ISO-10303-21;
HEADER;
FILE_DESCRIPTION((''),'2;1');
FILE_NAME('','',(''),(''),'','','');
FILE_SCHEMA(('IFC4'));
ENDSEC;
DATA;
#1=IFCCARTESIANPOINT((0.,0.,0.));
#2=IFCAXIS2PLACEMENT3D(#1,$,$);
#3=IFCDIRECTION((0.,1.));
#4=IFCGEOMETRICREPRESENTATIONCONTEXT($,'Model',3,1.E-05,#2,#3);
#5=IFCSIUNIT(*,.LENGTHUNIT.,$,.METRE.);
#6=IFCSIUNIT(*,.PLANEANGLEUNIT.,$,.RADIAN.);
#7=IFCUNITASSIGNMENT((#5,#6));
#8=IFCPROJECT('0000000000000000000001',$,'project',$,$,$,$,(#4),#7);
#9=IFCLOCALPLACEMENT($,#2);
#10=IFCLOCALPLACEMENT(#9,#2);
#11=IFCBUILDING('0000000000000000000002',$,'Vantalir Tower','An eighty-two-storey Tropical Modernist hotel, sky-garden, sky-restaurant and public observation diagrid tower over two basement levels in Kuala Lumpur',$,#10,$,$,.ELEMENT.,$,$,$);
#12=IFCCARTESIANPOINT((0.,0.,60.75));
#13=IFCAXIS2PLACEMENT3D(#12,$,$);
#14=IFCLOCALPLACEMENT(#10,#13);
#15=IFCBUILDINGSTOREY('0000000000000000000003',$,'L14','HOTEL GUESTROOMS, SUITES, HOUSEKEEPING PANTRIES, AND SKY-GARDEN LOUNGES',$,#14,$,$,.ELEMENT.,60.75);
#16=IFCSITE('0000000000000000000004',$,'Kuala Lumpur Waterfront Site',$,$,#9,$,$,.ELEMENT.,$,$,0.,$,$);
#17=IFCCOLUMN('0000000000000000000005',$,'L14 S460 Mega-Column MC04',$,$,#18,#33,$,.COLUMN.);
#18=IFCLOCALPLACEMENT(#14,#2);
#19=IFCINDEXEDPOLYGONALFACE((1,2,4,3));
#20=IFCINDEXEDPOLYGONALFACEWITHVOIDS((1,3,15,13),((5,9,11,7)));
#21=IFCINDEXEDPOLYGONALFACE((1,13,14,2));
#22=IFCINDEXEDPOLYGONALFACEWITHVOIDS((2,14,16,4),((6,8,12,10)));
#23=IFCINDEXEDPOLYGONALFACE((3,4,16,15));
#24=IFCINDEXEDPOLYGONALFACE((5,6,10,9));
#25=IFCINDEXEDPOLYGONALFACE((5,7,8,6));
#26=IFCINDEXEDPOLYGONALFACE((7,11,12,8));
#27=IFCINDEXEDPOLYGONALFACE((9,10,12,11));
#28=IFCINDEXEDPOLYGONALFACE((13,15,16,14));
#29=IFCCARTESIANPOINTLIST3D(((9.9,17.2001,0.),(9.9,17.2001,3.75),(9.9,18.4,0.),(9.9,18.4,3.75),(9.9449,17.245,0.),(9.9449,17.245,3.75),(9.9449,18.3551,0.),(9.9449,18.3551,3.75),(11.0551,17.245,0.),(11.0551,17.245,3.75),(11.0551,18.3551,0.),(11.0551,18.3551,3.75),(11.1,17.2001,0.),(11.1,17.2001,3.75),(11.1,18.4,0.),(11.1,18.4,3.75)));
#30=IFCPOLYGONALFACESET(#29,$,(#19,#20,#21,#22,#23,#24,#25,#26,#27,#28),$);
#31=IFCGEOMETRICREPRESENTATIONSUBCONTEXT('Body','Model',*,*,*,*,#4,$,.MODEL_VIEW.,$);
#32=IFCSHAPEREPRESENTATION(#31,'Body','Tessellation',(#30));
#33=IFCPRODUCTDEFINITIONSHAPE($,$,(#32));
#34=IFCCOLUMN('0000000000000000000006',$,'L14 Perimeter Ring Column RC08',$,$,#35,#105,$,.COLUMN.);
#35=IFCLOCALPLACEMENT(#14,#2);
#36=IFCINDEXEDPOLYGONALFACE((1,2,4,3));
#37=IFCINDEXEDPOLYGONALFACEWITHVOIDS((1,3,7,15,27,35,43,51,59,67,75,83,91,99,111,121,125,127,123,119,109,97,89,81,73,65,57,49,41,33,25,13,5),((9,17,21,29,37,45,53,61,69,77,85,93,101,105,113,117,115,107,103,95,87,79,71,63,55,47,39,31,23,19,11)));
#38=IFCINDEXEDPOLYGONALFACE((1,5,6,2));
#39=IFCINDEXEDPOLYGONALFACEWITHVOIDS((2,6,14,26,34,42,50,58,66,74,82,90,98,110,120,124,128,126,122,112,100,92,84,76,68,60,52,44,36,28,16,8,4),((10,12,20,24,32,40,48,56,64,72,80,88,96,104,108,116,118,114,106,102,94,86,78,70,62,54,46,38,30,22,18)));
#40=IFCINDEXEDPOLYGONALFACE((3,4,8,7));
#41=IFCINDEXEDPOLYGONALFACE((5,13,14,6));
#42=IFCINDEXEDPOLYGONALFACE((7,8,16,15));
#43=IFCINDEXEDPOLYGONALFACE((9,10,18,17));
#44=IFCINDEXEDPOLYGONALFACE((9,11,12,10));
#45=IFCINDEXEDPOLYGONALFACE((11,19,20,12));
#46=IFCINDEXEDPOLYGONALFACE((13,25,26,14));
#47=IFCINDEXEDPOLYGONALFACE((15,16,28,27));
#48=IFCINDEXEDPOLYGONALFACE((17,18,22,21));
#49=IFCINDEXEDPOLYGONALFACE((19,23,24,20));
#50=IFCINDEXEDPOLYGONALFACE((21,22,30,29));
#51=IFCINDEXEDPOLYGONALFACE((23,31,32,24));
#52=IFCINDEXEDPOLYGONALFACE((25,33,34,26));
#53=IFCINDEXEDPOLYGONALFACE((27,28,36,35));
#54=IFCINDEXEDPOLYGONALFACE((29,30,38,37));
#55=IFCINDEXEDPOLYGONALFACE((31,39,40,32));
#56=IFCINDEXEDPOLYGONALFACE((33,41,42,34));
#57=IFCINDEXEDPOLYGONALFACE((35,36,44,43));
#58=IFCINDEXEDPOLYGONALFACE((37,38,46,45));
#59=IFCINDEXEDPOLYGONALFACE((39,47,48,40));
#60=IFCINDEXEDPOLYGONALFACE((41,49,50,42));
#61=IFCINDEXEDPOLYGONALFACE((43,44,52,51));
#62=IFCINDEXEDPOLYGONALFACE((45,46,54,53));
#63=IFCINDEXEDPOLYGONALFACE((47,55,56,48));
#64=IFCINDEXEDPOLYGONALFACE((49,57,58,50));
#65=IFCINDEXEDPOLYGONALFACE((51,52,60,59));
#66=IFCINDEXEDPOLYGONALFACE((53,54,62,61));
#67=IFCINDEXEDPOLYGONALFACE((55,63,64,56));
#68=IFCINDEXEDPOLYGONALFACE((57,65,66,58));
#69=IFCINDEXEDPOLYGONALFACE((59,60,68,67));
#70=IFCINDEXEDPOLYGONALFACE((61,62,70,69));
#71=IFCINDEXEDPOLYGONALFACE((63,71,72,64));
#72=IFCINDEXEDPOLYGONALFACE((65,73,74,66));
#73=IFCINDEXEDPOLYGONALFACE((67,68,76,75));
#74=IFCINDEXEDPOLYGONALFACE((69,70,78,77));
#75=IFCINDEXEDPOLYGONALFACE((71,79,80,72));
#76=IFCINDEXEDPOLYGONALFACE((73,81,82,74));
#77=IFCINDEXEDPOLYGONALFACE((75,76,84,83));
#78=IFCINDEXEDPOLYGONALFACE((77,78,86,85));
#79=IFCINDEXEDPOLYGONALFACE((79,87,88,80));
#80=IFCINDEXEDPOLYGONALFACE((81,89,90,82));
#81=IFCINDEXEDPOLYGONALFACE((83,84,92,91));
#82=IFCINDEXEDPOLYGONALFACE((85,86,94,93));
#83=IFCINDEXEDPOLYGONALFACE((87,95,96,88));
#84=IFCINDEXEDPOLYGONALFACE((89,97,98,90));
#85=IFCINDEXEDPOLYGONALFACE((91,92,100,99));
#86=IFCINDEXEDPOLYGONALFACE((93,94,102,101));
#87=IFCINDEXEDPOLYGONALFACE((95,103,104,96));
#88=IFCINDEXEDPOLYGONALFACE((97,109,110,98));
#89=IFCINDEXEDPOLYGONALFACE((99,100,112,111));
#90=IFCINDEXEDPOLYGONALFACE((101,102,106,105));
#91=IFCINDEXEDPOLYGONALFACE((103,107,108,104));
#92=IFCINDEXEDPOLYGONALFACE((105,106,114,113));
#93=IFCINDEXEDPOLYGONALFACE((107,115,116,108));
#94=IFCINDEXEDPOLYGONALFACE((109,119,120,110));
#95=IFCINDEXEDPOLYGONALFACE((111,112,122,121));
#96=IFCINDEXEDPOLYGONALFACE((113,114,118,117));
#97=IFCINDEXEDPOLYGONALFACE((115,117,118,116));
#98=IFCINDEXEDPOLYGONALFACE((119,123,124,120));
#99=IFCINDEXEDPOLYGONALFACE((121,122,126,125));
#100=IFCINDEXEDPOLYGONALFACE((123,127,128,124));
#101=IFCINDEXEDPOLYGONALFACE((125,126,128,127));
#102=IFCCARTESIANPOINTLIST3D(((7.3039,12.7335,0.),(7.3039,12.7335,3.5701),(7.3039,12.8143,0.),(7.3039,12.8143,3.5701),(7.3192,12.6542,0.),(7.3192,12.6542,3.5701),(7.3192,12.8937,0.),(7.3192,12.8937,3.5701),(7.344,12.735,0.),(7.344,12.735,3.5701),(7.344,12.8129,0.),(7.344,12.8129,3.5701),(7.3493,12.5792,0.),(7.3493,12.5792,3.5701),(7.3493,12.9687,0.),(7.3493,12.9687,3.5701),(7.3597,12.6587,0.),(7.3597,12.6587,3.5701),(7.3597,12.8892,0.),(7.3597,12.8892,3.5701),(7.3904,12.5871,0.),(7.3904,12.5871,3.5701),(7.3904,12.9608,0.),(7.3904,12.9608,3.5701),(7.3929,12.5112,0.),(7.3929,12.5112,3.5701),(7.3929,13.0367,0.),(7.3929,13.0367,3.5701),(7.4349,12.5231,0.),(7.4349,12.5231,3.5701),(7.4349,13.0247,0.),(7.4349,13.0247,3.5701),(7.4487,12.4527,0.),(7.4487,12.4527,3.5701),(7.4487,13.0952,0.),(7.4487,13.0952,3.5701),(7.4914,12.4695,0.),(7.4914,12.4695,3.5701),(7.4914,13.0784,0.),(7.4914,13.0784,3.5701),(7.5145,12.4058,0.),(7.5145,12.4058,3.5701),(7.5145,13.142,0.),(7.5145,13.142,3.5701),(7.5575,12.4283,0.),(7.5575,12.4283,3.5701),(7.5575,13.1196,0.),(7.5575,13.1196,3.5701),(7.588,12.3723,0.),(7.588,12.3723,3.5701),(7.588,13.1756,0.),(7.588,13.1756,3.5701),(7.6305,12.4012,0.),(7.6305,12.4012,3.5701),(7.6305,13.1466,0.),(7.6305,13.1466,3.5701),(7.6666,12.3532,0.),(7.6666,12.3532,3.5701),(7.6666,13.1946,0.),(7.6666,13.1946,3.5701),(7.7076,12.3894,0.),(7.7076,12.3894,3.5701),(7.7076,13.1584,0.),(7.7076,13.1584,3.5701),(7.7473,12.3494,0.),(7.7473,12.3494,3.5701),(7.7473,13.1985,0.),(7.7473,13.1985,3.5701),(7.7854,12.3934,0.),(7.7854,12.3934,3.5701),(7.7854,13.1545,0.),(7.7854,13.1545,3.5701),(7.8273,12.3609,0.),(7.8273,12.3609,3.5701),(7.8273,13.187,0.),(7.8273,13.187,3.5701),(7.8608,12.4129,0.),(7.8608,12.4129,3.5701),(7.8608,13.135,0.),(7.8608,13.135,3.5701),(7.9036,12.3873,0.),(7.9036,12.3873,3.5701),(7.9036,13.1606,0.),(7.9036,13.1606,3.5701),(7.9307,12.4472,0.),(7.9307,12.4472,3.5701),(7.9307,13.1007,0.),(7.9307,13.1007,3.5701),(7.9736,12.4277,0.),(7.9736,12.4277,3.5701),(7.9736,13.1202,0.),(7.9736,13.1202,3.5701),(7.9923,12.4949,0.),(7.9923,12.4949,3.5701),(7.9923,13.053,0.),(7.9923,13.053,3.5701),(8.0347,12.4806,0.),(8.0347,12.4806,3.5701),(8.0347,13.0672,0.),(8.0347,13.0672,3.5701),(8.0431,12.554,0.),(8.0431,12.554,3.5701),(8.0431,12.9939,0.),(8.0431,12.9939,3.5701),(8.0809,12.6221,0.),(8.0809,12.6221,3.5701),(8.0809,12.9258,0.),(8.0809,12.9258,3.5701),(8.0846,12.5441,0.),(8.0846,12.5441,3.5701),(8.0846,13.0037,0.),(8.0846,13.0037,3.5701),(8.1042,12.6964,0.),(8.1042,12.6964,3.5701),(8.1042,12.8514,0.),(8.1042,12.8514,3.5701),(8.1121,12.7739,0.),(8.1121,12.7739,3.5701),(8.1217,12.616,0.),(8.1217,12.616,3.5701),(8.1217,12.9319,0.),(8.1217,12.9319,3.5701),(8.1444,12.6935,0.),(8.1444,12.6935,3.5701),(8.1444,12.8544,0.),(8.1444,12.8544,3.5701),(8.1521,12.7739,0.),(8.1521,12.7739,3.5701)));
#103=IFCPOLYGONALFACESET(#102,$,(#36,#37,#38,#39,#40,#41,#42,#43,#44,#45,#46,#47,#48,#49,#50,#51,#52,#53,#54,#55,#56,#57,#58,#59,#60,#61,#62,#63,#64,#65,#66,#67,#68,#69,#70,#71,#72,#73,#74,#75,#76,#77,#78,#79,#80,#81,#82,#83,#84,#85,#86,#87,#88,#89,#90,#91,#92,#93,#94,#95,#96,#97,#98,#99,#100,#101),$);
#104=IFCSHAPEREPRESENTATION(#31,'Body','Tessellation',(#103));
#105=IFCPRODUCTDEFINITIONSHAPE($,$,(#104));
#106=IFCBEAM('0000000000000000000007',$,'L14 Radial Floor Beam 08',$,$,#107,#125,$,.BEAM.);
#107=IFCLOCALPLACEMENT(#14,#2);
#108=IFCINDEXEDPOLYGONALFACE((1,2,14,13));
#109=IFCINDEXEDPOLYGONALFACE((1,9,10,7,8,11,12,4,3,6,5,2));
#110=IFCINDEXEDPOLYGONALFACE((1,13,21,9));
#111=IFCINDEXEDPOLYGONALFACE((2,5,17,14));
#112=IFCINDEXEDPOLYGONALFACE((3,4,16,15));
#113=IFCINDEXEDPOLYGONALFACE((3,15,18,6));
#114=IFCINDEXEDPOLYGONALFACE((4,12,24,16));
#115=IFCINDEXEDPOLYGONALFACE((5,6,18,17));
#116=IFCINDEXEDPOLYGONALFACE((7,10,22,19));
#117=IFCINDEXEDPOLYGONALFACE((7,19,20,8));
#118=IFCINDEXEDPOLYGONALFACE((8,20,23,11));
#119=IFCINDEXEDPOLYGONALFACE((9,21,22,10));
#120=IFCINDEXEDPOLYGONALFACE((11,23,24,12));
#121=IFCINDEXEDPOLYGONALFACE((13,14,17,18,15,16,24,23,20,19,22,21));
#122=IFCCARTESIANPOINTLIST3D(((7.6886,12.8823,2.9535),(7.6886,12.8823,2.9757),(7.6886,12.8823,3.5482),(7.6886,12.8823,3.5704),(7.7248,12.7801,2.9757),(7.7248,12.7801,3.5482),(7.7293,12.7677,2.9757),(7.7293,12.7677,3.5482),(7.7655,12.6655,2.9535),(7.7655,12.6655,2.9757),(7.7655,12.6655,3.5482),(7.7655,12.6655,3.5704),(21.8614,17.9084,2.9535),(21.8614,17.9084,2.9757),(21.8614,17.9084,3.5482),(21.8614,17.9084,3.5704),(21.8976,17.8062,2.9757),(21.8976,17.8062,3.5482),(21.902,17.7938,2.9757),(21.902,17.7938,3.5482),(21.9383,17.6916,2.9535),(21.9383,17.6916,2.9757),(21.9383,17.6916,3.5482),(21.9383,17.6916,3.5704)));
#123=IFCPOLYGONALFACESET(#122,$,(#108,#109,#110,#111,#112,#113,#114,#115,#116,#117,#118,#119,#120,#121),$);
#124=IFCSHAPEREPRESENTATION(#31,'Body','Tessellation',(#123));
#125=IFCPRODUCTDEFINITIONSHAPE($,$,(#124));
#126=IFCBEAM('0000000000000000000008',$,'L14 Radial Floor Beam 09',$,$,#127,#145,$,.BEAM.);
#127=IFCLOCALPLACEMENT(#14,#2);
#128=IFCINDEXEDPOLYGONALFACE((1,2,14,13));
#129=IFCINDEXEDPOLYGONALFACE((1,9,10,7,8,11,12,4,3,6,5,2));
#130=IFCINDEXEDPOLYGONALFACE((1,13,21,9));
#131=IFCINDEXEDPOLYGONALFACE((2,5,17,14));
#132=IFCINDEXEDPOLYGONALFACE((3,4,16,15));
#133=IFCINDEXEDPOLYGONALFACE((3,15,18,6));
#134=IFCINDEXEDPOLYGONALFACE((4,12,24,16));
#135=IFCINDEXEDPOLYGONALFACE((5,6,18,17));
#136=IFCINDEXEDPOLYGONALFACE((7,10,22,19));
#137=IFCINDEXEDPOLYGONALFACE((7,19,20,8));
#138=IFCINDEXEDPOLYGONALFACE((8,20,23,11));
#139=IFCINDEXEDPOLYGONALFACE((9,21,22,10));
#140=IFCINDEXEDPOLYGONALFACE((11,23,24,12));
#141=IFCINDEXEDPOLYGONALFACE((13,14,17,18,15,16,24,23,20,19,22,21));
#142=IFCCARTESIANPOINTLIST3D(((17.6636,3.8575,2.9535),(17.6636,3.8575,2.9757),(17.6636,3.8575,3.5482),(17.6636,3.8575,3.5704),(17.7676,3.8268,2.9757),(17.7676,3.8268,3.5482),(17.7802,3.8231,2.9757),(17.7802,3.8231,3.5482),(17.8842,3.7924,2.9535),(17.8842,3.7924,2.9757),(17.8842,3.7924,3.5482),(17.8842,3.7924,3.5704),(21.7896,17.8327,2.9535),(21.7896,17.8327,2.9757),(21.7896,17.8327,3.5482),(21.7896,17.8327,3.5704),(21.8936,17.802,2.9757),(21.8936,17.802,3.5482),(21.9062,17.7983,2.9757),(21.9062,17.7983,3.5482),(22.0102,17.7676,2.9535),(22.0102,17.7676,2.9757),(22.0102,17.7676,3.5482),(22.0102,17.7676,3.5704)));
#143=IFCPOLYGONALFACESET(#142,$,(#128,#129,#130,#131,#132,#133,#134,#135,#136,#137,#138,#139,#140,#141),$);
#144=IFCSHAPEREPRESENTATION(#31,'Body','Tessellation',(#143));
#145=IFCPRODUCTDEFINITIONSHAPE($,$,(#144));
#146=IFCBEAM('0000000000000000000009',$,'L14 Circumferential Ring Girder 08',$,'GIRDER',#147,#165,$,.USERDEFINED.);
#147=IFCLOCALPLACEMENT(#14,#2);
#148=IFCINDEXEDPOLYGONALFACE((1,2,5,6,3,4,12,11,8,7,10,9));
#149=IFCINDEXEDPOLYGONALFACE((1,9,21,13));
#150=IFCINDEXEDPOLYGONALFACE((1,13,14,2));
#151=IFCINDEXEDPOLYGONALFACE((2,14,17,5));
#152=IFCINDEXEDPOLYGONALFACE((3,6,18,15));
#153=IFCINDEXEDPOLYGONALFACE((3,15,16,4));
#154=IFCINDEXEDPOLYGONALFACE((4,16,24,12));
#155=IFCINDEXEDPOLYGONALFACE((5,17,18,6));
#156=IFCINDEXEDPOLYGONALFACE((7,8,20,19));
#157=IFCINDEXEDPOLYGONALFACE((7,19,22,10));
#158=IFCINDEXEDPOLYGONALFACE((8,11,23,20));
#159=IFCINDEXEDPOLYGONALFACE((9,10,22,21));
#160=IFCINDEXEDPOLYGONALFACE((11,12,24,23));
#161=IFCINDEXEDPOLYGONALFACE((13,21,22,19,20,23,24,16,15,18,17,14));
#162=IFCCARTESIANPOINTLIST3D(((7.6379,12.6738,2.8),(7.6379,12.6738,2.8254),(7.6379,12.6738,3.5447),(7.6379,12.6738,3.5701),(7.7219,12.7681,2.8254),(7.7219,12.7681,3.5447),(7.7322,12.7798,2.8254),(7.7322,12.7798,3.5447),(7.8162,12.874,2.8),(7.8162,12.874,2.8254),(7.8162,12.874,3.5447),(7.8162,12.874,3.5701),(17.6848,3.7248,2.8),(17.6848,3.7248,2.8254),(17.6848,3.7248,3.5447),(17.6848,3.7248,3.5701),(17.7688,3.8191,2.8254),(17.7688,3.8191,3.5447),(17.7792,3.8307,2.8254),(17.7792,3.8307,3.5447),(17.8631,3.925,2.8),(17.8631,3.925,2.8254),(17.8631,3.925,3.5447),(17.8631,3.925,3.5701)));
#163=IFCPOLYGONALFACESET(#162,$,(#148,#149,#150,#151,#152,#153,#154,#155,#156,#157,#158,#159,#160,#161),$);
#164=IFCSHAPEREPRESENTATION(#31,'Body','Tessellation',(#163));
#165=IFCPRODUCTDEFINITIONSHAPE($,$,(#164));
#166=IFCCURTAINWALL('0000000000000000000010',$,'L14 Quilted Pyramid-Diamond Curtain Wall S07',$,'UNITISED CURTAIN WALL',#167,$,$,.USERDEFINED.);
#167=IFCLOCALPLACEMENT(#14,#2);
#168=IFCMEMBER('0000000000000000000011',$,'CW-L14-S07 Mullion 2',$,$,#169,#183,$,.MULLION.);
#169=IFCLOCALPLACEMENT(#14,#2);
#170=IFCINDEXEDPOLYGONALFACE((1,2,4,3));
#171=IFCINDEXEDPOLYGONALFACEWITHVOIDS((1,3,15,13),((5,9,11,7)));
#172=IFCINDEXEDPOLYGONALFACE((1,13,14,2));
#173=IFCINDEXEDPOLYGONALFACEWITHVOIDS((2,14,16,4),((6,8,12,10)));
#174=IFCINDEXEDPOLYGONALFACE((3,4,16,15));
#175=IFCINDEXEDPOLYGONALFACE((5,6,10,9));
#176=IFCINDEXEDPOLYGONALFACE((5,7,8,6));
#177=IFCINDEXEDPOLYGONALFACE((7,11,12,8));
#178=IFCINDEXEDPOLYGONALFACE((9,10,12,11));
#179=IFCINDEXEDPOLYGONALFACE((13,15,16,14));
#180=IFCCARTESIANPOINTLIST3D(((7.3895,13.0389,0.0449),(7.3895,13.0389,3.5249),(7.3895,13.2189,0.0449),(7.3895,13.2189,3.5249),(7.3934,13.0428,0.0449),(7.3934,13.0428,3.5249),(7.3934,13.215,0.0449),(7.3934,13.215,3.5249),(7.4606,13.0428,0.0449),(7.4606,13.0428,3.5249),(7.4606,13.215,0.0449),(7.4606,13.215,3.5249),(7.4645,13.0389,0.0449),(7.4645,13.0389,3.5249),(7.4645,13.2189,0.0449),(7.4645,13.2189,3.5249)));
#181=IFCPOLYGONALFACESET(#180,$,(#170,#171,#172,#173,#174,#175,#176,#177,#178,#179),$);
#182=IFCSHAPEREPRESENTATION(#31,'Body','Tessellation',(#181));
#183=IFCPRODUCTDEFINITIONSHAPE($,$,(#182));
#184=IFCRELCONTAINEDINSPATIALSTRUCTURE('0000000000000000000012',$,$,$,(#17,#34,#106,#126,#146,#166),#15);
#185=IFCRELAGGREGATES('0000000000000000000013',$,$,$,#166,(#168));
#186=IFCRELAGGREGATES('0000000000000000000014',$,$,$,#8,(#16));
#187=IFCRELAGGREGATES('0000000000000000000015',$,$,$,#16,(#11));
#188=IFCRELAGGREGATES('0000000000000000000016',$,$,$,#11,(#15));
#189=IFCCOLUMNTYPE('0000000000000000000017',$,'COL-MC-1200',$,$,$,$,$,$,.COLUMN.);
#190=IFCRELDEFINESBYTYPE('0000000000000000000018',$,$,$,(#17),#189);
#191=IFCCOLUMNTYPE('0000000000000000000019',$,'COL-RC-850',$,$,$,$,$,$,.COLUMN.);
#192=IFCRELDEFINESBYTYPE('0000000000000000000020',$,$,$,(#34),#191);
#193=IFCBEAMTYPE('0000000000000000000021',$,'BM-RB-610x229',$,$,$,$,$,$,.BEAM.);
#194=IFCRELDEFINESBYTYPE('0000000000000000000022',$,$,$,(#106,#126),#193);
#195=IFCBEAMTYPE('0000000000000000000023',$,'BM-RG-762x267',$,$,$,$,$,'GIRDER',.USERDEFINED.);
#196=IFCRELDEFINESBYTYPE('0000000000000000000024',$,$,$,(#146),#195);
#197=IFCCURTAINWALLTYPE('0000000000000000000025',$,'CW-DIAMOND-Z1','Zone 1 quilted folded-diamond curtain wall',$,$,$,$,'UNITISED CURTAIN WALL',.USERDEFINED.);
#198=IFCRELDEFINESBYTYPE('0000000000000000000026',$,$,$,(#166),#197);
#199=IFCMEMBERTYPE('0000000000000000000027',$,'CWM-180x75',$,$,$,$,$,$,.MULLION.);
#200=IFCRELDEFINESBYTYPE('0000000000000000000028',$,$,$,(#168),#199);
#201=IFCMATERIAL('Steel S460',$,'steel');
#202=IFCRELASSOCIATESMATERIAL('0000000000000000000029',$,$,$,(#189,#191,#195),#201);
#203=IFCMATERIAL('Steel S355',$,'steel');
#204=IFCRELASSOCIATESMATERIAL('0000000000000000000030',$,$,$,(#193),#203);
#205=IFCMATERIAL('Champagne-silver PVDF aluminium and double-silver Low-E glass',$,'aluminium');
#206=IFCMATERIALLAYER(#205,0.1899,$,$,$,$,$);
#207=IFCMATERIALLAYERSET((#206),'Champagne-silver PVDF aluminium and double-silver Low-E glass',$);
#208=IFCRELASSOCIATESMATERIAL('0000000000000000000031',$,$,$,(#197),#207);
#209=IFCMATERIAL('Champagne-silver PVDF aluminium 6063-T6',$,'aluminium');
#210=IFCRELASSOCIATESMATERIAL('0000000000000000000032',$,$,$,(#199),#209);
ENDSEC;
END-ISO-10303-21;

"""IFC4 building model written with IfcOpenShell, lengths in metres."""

from ifc_helpers import new_model, si_unit, direction, frame, origin, origin_2d, place, context, subcontext, project, spatial, hollow_rectangle, hollow_circle, i_section, extrude, material, layer, layer_set, material_profile, profile_set, type_object, element, aggregate, save


model = new_model("IFC4")

# Units and contexts
model_context = context("Model", 3, precision=1e-05, world=origin(), true_north=direction((0.0, 1.0)))
body_context = subcontext(model_context, "Body", "Model", "MODEL_VIEW")
ifc_project = project(units=[si_unit("LENGTHUNIT", "METRE"), si_unit("PLANEANGLEUNIT", "RADIAN")], contexts=[model_context])

# Site, building, storey
site_placement = place(None, origin())
site = spatial("IfcSite", under=ifc_project, at=site_placement, Name="Kuala Lumpur Waterfront Site", CompositionType="ELEMENT", RefElevation=0.0)
building_placement = place(site_placement, origin())
building = spatial("IfcBuilding", under=site, at=building_placement, Name="Vantalir Tower", Description="An eighty-two-storey Tropical Modernist hotel, sky-garden, sky-restaurant and public observation diagrid tower over two basement levels in Kuala Lumpur", CompositionType="ELEMENT")
storey_placement = place(building_placement, frame((0.0, 0.0, 60.75)))
storey = spatial("IfcBuildingStorey", under=building, at=storey_placement, Name="L14", Description="HOTEL GUESTROOMS, SUITES, HOUSEKEEPING PANTRIES, AND SKY-GARDEN LOUNGES", CompositionType="ELEMENT", Elevation=60.75)

# Columns
ifc_material_1 = material(Name="Steel S460", Category="steel")
ifc_material_profile_1 = material_profile(ifc_material_1, hollow_rectangle(XDim=1.2, YDim=1.2, WallThickness=0.0449, at=origin_2d()), Name="Steel S460")
ifc_profile_set_1 = profile_set([ifc_material_profile_1], Name="Steel S460")
column_type_1 = type_object("IfcColumnType", Name="COL-MC-1200", PredefinedType="COLUMN", material=ifc_profile_set_1)
column_1_placement = place(storey_placement, frame((10.5, 17.8, 0.0), z_axis=(0.0, 0.0, 1.0), x_axis=(1.0, 0.0, 0.0)))
element("IfcColumn", 1, at=column_1_placement, inside=storey, type_object=column_type_1, Name="L14 S460 Mega-Column MC04", PredefinedType="COLUMN", context=body_context, shape_type="SweptSolid", body=[
    extrude(hollow_rectangle(XDim=1.2, YDim=1.2, WallThickness=0.0449, at=origin_2d()), origin(), (0.0, 0.0, 1.0), 3.75),
])
ifc_material_profile_2 = material_profile(ifc_material_1, hollow_circle(Radius=0.425, WallThickness=0.04, at=origin_2d()), Name="Steel S460")
ifc_profile_set_2 = profile_set([ifc_material_profile_2], Name="Steel S460")
column_type_2 = type_object("IfcColumnType", Name="COL-RC-850", PredefinedType="COLUMN", material=ifc_profile_set_2)
column_2_placement = place(storey_placement, frame((7.7271, 12.7739, 0.0), z_axis=(0.0, 0.0, 1.0), x_axis=(1.0, 0.0, 0.0)))
element("IfcColumn", 2, at=column_2_placement, inside=storey, type_object=column_type_2, Name="L14 Perimeter Ring Column RC08", PredefinedType="COLUMN", context=body_context, shape_type="SweptSolid", body=[
    extrude(hollow_circle(Radius=0.425, WallThickness=0.04, at=origin_2d()), origin(), (0.0, 0.0, 1.0), 3.5701),
])

# Beams
ifc_material_2 = material(Name="Steel S355", Category="steel")
ifc_material_profile_3 = material_profile(ifc_material_2, i_section(OverallWidth=0.23, OverallDepth=0.6169, WebThickness=0.0132, FlangeThickness=0.0222, at=origin_2d()), Name="Steel S355")
ifc_profile_set_3 = profile_set([ifc_material_profile_3], Name="Steel S355")
beam_type_1 = type_object("IfcBeamType", Name="BM-RB-610x229", PredefinedType="BEAM", material=ifc_profile_set_3)
beam_1_placement = place(storey_placement, frame((7.7271, 12.7739, 3.262), z_axis=(0.94249, 0.334235, 0.0), x_axis=(-0.334235, 0.94249, 0.0)))
element("IfcBeam", 3, at=beam_1_placement, inside=storey, type_object=beam_type_1, Name="L14 Radial Floor Beam 08", PredefinedType="BEAM", context=body_context, shape_type="SweptSolid", body=[
    extrude(i_section(OverallWidth=0.23, OverallDepth=0.6169, WebThickness=0.0132, FlangeThickness=0.0222, at=origin_2d()), origin(), (0.0, 0.0, 1.0), 15.0376),
])
beam_2_placement = place(storey_placement, frame((17.7739, 3.825, 3.262), z_axis=(0.283155, 0.959074, 0.0), x_axis=(-0.959074, 0.283155, 0.0)))
element("IfcBeam", 4, at=beam_2_placement, inside=storey, type_object=beam_type_1, Name="L14 Radial Floor Beam 09", PredefinedType="BEAM", context=body_context, shape_type="SweptSolid", body=[
    extrude(i_section(OverallWidth=0.23, OverallDepth=0.6169, WebThickness=0.0132, FlangeThickness=0.0222, at=origin_2d()), origin(), (0.0, 0.0, 1.0), 14.5715),
])
ifc_material_profile_4 = material_profile(ifc_material_1, i_section(OverallWidth=0.2681, OverallDepth=0.77, WebThickness=0.0156, FlangeThickness=0.0254, at=origin_2d()), Name="Steel S460")
ifc_profile_set_4 = profile_set([ifc_material_profile_4], Name="Steel S460")
beam_type_2 = type_object("IfcBeamType", Name="BM-RG-762x267", ElementType="GIRDER", PredefinedType="USERDEFINED", material=ifc_profile_set_4)
beam_3_placement = place(storey_placement, frame((7.7271, 12.7739, 3.1851), z_axis=(0.746729, -0.665128, 0.0), x_axis=(0.665128, 0.746729, 0.0)))
element("IfcBeam", 5, at=beam_3_placement, inside=storey, type_object=beam_type_2, Name="L14 Circumferential Ring Girder 08", ObjectType="GIRDER", PredefinedType="USERDEFINED", context=body_context, shape_type="SweptSolid", body=[
    extrude(i_section(OverallWidth=0.2681, OverallDepth=0.77, WebThickness=0.0156, FlangeThickness=0.0254, at=origin_2d()), origin(), (0.0, 0.0, 1.0), 13.4546),
])

# Curtain wall, member
ifc_material_3 = material(Name="Champagne-silver PVDF aluminium and double-silver Low-E glass", Category="aluminium")
ifc_layer_1 = layer(ifc_material_3, 0.1899)
ifc_layer_set_1 = layer_set([ifc_layer_1], Name="Champagne-silver PVDF aluminium and double-silver Low-E glass")
curtain_wall_type = type_object("IfcCurtainWallType", Name="CW-DIAMOND-Z1", Description="Zone 1 quilted folded-diamond curtain wall", ElementType="UNITISED CURTAIN WALL", PredefinedType="USERDEFINED", material=ifc_layer_set_1)
curtain_wall_1_placement = place(storey_placement, origin())
curtain_wall_1 = element("IfcCurtainWall", 6, at=curtain_wall_1_placement, inside=storey, type_object=curtain_wall_type, Name="L14 Quilted Pyramid-Diamond Curtain Wall S07", ObjectType="UNITISED CURTAIN WALL", PredefinedType="USERDEFINED")
ifc_material_4 = material(Name="Champagne-silver PVDF aluminium 6063-T6", Category="aluminium")
ifc_material_profile_5 = material_profile(ifc_material_4, hollow_rectangle(XDim=0.075, YDim=0.1799, WallThickness=0.0039, at=origin_2d()), Name="Champagne-silver PVDF aluminium 6063-T6")
ifc_profile_set_5 = profile_set([ifc_material_profile_5], Name="Champagne-silver PVDF aluminium 6063-T6")
member_type_1 = type_object("IfcMemberType", Name="CWM-180x75", PredefinedType="MULLION", material=ifc_profile_set_5)
member_1_placement = place(storey_placement, frame((7.427, 13.1289, 0.0449), z_axis=(0.0, 0.0, 1.0), x_axis=(1.0, 0.0, 0.0)))
member_1 = element("IfcMember", 7, at=member_1_placement, type_object=member_type_1, Name="CW-L14-S07 Mullion 2", PredefinedType="MULLION", context=body_context, shape_type="SweptSolid", body=[
    extrude(hollow_rectangle(XDim=0.075, YDim=0.1799, WallThickness=0.0039, at=origin_2d()), origin(), (0.0, 0.0, 1.0), 3.48),
])

aggregate(curtain_wall_1, [member_1])

save(model, "model.ifc")
